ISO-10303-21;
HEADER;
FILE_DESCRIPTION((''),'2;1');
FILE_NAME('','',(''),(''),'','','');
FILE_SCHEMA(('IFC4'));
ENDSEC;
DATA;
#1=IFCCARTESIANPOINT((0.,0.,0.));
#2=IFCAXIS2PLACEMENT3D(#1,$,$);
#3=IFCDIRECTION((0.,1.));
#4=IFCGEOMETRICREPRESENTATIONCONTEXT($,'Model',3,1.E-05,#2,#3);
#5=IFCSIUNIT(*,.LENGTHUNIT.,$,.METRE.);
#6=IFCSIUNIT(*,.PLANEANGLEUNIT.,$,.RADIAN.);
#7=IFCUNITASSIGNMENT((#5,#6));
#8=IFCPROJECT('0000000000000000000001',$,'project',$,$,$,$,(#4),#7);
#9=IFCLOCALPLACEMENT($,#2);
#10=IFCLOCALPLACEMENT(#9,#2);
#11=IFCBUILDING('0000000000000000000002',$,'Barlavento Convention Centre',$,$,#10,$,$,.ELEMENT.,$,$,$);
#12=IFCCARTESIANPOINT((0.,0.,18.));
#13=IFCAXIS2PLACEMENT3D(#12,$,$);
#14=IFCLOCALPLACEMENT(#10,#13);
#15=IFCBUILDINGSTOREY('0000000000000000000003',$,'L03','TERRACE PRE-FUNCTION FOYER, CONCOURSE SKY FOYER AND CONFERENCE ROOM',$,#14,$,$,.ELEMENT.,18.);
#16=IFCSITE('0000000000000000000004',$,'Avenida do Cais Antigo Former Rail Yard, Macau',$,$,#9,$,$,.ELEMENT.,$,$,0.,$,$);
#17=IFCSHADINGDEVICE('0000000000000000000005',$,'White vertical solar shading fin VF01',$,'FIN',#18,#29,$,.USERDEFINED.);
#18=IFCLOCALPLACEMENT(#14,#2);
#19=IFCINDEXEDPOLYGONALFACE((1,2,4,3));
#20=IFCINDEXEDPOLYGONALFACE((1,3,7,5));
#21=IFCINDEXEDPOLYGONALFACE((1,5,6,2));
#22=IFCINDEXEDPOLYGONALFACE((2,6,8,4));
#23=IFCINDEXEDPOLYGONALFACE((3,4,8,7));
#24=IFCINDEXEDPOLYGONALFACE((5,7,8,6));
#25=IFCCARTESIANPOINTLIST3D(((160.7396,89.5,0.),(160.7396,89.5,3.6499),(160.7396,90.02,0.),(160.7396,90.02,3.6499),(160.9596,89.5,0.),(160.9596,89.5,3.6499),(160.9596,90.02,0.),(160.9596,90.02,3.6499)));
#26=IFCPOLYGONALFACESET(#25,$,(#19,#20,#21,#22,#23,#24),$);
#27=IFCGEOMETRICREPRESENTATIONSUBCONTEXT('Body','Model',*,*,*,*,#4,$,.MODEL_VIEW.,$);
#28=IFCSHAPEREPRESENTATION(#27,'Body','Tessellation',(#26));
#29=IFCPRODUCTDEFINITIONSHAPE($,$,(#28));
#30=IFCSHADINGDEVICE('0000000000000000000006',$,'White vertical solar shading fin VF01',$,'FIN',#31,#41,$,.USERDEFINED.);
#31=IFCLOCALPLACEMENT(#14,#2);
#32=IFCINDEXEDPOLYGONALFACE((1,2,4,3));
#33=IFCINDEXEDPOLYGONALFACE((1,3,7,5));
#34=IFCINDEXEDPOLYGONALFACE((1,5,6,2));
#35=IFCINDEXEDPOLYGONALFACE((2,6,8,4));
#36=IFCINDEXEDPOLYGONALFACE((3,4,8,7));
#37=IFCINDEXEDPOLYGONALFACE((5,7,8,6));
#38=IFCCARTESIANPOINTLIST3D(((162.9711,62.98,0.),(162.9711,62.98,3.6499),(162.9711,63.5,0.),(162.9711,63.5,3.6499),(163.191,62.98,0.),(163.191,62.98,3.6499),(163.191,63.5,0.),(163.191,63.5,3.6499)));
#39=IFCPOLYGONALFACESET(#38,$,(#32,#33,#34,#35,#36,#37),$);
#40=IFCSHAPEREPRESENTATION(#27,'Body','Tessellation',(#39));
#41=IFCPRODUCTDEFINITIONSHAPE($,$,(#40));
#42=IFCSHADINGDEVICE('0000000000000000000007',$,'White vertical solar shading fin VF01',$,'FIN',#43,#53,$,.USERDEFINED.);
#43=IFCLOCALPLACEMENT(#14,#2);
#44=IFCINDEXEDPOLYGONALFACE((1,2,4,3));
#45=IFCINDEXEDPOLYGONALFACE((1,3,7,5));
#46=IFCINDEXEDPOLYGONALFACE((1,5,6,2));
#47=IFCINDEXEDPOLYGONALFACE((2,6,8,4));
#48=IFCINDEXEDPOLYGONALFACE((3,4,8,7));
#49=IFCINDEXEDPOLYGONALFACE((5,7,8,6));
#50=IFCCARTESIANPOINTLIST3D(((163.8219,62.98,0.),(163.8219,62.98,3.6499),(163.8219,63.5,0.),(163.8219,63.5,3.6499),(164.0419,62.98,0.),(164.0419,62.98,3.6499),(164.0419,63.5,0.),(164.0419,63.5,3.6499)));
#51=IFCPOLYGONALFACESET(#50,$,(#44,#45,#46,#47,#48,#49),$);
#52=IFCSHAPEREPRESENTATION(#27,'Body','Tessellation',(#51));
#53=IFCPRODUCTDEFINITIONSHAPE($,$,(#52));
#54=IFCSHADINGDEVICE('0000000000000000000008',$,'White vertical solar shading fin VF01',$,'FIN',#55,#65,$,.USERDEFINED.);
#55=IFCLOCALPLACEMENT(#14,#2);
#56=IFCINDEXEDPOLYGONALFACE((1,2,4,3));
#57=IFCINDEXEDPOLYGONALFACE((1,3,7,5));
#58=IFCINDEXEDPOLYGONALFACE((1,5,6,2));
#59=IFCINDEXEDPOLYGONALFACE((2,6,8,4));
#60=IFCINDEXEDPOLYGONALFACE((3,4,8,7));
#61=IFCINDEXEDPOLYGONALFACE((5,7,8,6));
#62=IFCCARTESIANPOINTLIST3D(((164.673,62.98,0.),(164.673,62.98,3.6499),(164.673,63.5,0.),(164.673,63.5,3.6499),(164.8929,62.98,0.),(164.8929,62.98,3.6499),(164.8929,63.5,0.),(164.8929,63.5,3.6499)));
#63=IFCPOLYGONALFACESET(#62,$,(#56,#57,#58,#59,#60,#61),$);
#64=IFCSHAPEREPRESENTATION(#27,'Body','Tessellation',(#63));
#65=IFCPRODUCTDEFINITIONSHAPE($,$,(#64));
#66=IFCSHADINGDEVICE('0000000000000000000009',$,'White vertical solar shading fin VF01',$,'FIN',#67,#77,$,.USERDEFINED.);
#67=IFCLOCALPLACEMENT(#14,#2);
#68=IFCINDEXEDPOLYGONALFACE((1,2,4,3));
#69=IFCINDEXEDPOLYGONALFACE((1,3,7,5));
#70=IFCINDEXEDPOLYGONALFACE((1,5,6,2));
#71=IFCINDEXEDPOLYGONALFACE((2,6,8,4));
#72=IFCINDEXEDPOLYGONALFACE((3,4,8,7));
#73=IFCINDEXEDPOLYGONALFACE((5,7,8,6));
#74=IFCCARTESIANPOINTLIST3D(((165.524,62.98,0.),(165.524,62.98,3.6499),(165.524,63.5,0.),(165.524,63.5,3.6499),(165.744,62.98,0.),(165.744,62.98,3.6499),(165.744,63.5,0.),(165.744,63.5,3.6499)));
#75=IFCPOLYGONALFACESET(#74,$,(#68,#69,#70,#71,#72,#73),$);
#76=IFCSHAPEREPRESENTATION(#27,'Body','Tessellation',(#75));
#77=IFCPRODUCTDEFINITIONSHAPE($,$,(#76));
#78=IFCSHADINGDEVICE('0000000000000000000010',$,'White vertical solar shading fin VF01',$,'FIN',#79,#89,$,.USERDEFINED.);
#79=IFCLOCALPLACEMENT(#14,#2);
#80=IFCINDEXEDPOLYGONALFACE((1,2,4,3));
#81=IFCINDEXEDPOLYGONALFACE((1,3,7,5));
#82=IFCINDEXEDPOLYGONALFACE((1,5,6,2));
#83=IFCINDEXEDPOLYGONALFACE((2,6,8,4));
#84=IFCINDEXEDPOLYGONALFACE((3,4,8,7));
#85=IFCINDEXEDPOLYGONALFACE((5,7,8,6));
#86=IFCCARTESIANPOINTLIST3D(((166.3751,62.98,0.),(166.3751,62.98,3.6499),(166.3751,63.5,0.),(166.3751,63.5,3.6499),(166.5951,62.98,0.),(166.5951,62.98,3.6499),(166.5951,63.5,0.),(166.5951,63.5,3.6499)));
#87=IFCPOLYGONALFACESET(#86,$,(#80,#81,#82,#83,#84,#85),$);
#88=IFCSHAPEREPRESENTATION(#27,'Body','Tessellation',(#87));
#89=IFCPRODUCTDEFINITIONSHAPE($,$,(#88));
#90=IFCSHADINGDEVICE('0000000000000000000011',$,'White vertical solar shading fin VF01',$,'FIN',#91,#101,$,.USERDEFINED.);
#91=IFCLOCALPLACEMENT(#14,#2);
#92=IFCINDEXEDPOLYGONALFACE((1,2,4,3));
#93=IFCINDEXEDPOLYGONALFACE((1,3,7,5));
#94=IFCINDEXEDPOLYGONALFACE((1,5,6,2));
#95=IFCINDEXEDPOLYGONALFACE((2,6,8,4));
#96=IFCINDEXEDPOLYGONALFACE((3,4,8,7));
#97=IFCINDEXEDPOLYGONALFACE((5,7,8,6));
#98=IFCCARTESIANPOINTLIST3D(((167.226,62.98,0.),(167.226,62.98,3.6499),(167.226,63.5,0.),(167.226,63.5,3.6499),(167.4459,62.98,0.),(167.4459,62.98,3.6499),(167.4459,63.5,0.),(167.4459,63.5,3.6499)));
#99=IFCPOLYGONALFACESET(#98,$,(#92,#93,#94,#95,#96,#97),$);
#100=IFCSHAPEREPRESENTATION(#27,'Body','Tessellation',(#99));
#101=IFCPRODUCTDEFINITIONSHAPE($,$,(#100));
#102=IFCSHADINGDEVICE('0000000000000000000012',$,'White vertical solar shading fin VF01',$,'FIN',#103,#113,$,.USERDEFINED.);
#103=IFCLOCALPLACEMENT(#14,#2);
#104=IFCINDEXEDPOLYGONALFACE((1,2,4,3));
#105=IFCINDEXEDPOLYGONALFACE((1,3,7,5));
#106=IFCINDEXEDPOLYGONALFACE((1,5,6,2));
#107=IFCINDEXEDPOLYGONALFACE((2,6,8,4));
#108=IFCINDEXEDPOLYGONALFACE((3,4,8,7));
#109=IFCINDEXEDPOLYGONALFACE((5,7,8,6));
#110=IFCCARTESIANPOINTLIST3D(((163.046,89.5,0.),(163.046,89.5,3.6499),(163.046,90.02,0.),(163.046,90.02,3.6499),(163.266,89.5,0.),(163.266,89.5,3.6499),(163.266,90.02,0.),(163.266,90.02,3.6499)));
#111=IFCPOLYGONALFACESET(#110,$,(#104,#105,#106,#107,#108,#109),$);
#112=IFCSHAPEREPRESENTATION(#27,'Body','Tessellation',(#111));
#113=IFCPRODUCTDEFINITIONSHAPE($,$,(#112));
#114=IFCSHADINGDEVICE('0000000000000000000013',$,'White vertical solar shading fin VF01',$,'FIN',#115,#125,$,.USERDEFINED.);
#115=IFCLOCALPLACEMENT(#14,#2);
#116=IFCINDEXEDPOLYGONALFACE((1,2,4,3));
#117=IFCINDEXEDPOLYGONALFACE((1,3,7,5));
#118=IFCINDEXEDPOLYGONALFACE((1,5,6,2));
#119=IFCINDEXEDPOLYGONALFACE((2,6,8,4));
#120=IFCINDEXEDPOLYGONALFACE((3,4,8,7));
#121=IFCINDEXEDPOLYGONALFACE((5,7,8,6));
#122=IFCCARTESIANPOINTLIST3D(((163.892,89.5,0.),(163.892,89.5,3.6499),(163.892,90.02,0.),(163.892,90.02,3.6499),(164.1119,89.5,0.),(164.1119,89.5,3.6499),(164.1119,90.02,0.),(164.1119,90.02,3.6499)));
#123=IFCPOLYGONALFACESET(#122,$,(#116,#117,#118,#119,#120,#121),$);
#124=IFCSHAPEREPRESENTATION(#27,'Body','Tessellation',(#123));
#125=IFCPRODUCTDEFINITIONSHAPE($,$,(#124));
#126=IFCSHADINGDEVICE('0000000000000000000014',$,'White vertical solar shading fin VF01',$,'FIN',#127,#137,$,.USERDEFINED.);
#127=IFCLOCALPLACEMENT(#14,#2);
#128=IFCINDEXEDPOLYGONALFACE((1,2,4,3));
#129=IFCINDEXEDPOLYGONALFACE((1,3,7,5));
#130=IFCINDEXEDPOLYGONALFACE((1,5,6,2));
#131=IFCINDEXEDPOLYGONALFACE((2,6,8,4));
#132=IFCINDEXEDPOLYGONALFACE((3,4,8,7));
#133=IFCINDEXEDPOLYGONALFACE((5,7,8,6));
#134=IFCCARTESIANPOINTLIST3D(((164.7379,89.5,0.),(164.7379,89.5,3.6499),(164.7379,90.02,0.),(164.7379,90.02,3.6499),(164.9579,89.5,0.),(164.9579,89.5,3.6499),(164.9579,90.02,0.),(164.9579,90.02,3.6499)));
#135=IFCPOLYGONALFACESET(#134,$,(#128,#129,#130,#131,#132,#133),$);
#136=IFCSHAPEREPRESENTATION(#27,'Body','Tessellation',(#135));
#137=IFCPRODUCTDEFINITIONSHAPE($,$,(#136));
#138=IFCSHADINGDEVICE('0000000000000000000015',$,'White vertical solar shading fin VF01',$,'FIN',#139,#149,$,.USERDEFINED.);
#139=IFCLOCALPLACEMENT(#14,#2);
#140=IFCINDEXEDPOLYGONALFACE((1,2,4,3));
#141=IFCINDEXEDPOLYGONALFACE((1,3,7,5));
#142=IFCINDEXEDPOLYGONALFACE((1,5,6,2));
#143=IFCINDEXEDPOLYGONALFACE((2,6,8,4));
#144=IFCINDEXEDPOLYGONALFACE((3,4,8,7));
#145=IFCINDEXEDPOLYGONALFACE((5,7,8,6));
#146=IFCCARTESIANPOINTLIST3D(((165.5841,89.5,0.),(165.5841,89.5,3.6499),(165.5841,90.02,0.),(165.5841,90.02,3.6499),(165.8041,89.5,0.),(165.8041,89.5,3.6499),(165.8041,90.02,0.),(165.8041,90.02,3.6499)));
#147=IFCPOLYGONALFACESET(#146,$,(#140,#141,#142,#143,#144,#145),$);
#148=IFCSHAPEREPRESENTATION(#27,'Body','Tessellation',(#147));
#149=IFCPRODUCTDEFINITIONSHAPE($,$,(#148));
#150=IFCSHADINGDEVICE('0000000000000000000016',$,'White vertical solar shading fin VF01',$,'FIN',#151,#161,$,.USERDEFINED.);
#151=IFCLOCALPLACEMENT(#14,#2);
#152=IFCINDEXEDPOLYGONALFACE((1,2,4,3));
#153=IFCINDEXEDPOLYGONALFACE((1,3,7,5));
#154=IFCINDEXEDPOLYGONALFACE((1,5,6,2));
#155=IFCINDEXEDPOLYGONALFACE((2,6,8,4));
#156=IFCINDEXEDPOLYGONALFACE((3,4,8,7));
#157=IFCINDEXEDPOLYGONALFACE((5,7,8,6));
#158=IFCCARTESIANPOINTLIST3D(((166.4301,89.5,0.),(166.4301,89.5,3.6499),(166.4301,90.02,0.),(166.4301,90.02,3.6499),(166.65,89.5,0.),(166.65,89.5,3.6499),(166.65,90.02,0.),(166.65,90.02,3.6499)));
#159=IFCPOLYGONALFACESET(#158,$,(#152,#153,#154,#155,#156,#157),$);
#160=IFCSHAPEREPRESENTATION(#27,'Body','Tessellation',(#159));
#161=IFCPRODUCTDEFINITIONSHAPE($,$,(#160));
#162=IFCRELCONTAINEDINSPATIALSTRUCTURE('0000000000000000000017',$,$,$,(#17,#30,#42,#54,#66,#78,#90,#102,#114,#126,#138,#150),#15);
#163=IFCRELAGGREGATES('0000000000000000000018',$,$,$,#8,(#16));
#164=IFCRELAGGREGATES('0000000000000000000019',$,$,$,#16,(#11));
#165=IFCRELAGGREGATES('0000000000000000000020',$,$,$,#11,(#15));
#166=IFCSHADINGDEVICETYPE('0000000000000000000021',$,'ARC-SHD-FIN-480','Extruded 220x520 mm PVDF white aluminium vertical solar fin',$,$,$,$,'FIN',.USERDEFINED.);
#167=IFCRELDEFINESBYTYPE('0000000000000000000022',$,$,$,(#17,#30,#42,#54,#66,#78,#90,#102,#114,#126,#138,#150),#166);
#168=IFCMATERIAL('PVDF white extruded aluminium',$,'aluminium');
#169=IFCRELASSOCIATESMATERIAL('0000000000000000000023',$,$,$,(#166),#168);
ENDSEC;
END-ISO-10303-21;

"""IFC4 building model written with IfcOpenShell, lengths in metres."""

from ifc_helpers import new_model, si_unit, direction, frame, origin, origin_2d, place, context, subcontext, project, spatial, rectangle, extrude, material, type_object, element, save


model = new_model("IFC4")

# Units and contexts
model_context = context("Model", 3, precision=1e-05, world=origin(), true_north=direction((0.0, 1.0)))
body_context = subcontext(model_context, "Body", "Model", "MODEL_VIEW")
ifc_project = project(units=[si_unit("LENGTHUNIT", "METRE"), si_unit("PLANEANGLEUNIT", "RADIAN")], contexts=[model_context])

# Site, building, storey
site_placement = place(None, origin())
site = spatial("IfcSite", under=ifc_project, at=site_placement, Name="Avenida do Cais Antigo Former Rail Yard, Macau", CompositionType="ELEMENT", RefElevation=0.0)
building_placement = place(site_placement, origin())
building = spatial("IfcBuilding", under=site, at=building_placement, Name="Barlavento Convention Centre", CompositionType="ELEMENT")
storey_placement = place(building_placement, frame((0.0, 0.0, 18.0)))
storey = spatial("IfcBuildingStorey", under=building, at=storey_placement, Name="L03", Description="TERRACE PRE-FUNCTION FOYER, CONCOURSE SKY FOYER AND CONFERENCE ROOM", CompositionType="ELEMENT", Elevation=18.0)

# Shading devices
ifc_material = material(Name="PVDF white extruded aluminium", Category="aluminium")
shading_device_type = type_object("IfcShadingDeviceType", Name="ARC-SHD-FIN-480", Description="Extruded 220x520 mm PVDF white aluminium vertical solar fin", ElementType="FIN", PredefinedType="USERDEFINED", material=ifc_material)
for number, where, z_axis, x_axis, name in (
    (1, (160.8496, 89.76, 0.0), (0.0, 0.0, 1.0), (1.0, 0.0, 0.0), "White vertical solar shading fin VF01"),
    (2, (163.0811, 63.24, 0.0), (0.0, 0.0, 1.0), (1.0, 0.0, 0.0), "White vertical solar shading fin VF01"),
    (3, (163.9319, 63.24, 0.0), (0.0, 0.0, 1.0), (1.0, 0.0, 0.0), "White vertical solar shading fin VF01"),
    (4, (164.783, 63.24, 0.0), (0.0, 0.0, 1.0), (1.0, 0.0, 0.0), "White vertical solar shading fin VF01"),
    (5, (165.634, 63.24, 0.0), (0.0, 0.0, 1.0), (1.0, 0.0, 0.0), "White vertical solar shading fin VF01"),
    (6, (166.4851, 63.24, 0.0), (0.0, 0.0, 1.0), (1.0, 0.0, 0.0), "White vertical solar shading fin VF01"),
    (7, (167.3359, 63.24, 0.0), (0.0, 0.0, 1.0), (1.0, 0.0, 0.0), "White vertical solar shading fin VF01"),
    (8, (163.156, 89.76, 0.0), (0.0, 0.0, 1.0), (1.0, 0.0, 0.0), "White vertical solar shading fin VF01"),
    (9, (164.002, 89.76, 0.0), (0.0, 0.0, 1.0), (1.0, 0.0, 0.0), "White vertical solar shading fin VF01"),
    (10, (164.8479, 89.76, 0.0), (0.0, 0.0, 1.0), (1.0, 0.0, 0.0), "White vertical solar shading fin VF01"),
    (11, (165.6941, 89.76, 0.0), (0.0, 0.0, 1.0), (1.0, 0.0, 0.0), "White vertical solar shading fin VF01"),
    (12, (166.54, 89.76, 0.0), (0.0, 0.0, 1.0), (1.0, 0.0, 0.0), "White vertical solar shading fin VF01"),
):
    element("IfcShadingDevice", number, at=place(storey_placement, frame(where, z_axis=z_axis, x_axis=x_axis)), inside=storey, type_object=shading_device_type, Name=name, ObjectType="FIN", PredefinedType="USERDEFINED", context=body_context, shape_type="SweptSolid", body=[
        extrude(rectangle(XDim=0.22, YDim=0.52, at=origin_2d()), origin(), (0.0, 0.0, 1.0), 3.6499),
    ])

save(model, "model.ifc")
